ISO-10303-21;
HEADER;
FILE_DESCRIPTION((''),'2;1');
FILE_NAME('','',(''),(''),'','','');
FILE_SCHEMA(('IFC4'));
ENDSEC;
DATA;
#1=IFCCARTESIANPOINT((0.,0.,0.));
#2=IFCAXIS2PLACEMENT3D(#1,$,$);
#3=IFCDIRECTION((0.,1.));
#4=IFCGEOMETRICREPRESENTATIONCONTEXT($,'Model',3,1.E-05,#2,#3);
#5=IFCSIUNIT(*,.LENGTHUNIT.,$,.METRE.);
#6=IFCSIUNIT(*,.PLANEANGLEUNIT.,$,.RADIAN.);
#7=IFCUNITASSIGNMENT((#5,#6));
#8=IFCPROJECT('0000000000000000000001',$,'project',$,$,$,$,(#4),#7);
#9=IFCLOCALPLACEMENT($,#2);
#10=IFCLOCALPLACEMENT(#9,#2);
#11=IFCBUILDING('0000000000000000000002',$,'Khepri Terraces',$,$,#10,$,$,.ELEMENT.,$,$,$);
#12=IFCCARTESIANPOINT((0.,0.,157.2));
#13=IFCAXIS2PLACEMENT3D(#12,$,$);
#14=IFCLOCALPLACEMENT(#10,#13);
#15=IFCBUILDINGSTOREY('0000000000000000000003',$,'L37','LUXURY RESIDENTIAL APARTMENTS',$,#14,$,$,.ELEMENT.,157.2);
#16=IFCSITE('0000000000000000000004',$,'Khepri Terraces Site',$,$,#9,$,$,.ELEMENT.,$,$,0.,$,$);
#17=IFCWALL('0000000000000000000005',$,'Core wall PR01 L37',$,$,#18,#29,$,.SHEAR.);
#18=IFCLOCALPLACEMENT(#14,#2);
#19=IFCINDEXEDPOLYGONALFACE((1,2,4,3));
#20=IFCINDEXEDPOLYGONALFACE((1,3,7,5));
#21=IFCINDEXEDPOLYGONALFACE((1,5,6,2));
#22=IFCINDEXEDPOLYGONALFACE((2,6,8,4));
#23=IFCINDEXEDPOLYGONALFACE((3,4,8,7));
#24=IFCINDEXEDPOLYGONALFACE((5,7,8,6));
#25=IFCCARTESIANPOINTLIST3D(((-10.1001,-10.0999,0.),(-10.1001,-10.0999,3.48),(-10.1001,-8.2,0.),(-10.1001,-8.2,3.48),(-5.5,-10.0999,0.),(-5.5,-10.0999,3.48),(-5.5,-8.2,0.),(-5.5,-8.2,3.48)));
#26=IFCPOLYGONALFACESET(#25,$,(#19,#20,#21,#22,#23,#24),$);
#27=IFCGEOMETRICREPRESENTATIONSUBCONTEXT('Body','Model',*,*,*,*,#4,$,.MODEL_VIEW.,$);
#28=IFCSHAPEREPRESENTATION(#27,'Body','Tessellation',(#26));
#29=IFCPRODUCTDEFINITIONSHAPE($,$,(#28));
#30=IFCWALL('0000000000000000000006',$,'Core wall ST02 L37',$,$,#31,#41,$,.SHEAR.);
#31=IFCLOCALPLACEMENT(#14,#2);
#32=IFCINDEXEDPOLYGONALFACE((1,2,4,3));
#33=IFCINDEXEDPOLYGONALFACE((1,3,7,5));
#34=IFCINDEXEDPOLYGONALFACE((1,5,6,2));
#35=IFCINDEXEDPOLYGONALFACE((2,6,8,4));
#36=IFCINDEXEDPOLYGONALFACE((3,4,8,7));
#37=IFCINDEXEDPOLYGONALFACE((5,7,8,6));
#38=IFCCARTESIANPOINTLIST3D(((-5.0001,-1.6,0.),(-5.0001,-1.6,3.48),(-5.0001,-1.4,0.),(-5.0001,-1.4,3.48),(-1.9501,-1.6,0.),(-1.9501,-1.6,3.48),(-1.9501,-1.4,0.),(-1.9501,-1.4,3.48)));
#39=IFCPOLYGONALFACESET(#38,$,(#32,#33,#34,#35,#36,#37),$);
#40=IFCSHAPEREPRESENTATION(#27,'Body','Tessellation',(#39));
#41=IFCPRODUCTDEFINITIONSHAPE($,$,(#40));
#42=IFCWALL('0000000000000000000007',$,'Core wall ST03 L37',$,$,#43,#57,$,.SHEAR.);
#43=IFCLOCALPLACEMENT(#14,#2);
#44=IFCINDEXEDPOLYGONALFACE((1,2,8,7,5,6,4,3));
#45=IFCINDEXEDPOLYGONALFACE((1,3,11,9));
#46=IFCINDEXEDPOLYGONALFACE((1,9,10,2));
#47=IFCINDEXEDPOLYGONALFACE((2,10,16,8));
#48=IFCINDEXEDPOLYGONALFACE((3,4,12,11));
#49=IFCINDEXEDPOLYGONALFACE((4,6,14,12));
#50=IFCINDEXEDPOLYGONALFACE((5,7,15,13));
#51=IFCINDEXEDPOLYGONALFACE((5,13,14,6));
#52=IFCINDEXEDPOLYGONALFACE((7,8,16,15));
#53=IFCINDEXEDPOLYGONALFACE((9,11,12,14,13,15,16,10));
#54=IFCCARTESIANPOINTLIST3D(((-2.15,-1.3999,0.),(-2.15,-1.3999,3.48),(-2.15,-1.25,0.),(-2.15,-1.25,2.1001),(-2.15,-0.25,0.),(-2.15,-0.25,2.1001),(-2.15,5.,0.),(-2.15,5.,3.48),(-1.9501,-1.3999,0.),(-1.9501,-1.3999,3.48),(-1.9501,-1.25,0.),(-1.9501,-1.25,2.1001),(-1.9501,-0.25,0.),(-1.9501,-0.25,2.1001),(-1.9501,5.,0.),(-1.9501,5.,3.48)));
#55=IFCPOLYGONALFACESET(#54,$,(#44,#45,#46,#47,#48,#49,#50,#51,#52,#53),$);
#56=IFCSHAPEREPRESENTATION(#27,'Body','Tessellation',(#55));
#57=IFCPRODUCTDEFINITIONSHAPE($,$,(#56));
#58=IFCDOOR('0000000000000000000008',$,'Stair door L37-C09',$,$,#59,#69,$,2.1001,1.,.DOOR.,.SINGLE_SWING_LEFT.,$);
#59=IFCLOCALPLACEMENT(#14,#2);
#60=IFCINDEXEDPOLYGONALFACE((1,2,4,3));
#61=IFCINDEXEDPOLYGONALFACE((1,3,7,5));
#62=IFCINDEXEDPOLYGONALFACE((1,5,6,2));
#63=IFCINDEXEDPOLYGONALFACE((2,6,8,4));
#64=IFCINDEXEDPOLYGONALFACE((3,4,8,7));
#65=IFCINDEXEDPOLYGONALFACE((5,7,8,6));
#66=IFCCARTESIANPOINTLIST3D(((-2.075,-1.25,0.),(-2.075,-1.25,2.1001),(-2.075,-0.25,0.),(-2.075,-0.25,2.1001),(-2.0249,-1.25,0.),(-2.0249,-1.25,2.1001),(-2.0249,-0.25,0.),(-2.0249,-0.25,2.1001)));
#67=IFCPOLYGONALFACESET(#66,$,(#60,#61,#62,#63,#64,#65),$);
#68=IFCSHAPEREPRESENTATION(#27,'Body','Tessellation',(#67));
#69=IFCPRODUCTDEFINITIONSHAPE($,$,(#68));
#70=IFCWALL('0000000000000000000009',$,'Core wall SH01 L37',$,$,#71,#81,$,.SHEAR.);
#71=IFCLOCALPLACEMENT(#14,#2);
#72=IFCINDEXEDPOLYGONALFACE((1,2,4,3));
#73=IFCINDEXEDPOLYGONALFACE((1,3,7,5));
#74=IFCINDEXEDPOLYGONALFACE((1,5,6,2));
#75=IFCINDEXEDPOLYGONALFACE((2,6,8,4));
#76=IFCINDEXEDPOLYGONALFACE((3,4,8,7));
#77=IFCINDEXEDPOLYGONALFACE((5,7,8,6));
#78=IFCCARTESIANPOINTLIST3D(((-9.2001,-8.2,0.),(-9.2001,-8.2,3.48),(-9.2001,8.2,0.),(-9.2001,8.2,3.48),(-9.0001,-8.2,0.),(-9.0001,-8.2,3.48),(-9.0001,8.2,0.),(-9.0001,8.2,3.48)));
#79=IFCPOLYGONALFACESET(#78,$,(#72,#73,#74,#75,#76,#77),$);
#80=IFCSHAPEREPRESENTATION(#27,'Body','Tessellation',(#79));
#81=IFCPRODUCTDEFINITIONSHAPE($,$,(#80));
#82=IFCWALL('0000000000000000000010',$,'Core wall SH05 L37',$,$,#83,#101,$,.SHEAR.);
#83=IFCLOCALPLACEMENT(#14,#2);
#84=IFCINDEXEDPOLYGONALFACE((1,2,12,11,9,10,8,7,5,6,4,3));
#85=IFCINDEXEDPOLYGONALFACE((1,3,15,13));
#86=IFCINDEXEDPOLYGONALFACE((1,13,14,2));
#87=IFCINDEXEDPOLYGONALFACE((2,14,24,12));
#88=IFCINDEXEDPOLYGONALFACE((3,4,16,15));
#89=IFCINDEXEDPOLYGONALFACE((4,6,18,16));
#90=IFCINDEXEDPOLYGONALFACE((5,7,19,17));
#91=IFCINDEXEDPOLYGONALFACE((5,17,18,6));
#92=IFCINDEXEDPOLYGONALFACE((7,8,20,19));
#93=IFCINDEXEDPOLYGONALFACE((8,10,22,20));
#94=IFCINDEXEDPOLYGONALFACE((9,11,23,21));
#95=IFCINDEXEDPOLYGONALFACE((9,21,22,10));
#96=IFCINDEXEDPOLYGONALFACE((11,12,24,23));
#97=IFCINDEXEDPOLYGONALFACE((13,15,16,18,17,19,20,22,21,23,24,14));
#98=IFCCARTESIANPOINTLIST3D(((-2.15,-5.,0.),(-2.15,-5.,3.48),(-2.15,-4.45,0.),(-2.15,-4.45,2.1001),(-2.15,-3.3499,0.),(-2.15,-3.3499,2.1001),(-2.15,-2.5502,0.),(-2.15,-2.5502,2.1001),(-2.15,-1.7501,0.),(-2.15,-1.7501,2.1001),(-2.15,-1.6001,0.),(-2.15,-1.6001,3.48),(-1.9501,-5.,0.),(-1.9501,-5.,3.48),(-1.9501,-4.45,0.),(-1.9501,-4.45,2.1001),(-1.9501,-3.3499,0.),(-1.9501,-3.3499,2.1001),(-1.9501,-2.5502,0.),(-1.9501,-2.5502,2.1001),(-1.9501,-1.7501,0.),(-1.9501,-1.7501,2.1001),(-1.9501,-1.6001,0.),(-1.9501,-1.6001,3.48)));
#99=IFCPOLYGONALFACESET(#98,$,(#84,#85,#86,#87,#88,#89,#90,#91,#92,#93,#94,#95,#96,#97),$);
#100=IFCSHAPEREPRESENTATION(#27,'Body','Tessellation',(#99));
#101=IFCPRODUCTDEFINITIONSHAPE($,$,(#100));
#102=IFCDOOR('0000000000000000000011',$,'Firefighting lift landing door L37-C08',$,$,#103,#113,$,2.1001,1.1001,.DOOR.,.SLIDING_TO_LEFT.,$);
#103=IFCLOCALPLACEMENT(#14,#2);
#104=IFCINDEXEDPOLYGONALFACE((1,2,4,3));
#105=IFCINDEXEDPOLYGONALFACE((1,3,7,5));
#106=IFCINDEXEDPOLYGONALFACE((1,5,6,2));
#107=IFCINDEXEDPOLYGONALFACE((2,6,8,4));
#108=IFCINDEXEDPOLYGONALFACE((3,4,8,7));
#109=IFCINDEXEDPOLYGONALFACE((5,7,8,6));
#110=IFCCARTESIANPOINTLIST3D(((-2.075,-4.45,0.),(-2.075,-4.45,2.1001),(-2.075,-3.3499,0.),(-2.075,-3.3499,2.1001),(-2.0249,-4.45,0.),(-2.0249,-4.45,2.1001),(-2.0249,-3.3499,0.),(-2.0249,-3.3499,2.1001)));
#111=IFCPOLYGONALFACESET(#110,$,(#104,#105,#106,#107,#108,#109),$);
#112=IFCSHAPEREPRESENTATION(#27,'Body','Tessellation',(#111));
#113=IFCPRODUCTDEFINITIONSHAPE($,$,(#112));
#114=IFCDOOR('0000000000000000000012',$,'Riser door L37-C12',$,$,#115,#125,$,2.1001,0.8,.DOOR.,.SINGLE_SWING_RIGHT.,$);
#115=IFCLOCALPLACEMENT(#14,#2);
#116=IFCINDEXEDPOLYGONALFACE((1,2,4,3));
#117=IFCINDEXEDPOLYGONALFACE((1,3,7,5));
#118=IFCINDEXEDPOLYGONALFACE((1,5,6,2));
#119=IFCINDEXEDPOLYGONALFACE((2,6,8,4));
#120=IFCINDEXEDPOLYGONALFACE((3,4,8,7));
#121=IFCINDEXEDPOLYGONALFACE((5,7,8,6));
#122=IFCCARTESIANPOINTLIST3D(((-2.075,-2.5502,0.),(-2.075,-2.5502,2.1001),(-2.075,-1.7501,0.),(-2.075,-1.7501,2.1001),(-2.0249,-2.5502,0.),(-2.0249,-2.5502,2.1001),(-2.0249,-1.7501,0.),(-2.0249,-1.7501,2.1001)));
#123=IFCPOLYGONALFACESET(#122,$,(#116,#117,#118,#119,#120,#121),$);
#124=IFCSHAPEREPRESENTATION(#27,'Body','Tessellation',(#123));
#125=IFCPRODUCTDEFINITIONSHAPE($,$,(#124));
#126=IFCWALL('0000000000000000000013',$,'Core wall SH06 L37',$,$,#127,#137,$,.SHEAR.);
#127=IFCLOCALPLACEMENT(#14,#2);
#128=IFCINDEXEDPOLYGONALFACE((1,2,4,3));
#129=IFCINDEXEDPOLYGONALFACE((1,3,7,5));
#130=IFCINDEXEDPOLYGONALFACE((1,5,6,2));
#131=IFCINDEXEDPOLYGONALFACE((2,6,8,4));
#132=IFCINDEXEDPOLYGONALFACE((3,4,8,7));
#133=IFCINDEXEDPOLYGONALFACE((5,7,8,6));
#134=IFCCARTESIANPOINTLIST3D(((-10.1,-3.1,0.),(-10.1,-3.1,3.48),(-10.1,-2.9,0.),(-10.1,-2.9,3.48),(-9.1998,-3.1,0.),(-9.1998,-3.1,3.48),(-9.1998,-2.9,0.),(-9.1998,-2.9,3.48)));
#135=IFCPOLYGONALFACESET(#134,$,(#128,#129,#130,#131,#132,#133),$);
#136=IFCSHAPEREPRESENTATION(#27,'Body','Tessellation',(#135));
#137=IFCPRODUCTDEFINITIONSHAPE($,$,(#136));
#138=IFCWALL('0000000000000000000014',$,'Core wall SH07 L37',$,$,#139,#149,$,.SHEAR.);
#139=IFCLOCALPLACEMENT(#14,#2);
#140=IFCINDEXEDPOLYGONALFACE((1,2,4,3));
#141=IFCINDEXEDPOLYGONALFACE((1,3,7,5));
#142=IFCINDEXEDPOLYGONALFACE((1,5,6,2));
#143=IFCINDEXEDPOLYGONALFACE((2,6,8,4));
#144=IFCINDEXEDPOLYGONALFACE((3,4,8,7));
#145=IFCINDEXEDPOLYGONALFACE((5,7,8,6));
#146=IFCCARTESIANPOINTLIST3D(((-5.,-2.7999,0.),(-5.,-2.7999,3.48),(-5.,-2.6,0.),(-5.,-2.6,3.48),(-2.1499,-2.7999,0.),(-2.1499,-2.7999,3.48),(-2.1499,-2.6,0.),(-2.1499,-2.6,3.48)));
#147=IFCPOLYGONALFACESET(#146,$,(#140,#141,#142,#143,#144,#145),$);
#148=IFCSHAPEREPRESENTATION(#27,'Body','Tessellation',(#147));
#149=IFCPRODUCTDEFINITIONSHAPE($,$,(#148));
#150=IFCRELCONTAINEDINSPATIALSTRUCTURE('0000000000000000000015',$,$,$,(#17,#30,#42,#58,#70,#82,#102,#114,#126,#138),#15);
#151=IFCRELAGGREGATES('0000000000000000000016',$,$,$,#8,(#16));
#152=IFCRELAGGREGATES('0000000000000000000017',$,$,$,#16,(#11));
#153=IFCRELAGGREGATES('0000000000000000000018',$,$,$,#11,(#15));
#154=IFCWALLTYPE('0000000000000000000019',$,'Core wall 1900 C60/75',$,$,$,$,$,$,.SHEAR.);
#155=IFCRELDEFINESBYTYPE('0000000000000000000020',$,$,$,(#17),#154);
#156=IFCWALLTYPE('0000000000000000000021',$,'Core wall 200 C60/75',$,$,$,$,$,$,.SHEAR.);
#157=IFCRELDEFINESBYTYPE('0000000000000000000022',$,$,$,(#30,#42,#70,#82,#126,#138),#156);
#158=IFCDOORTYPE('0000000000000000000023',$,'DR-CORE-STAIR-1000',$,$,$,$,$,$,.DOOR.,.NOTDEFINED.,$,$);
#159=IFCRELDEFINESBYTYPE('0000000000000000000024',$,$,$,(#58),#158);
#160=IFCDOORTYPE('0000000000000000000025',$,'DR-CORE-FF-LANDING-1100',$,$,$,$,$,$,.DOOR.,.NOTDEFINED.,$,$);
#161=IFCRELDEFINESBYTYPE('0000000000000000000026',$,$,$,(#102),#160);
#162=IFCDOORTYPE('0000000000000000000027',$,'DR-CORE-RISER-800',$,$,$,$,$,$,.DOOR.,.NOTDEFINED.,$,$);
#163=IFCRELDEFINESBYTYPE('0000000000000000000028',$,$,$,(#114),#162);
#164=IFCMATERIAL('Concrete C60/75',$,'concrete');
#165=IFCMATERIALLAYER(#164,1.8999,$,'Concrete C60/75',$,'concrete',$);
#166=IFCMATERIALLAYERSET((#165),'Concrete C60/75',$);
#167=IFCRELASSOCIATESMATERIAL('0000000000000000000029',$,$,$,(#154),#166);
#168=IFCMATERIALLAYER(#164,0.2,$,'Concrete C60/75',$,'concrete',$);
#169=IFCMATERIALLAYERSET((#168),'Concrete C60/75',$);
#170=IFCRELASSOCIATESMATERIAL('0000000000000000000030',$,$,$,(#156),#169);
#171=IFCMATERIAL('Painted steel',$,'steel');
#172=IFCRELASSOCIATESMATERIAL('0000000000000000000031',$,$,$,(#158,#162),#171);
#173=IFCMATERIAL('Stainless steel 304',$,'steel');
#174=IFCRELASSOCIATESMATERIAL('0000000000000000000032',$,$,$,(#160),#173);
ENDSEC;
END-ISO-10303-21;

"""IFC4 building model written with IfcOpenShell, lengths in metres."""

from ifc_helpers import new_model, si_unit, direction, frame, frame_2d, origin, place, context, subcontext, project, spatial, rectangle, extrude, material, layer, layer_set, type_object, element, fill, save


model = new_model("IFC4")

# Units and contexts
model_context = context("Model", 3, precision=1e-05, world=origin(), true_north=direction((0.0, 1.0)))
body_context = subcontext(model_context, "Body", "Model", "MODEL_VIEW")
ifc_project = project(units=[si_unit("LENGTHUNIT", "METRE"), si_unit("PLANEANGLEUNIT", "RADIAN")], contexts=[model_context])

# Site, building, storey
site_placement = place(None, origin())
site = spatial("IfcSite", under=ifc_project, at=site_placement, Name="Khepri Terraces Site", CompositionType="ELEMENT", RefElevation=0.0)
building_placement = place(site_placement, origin())
building = spatial("IfcBuilding", under=site, at=building_placement, Name="Khepri Terraces", CompositionType="ELEMENT")
storey_placement = place(building_placement, frame((0.0, 0.0, 157.2)))
storey = spatial("IfcBuildingStorey", under=building, at=storey_placement, Name="L37", Description="LUXURY RESIDENTIAL APARTMENTS", CompositionType="ELEMENT", Elevation=157.2)

# Walls
ifc_material_1 = material(Name="Concrete C60/75", Category="concrete")
ifc_layer_1 = layer(ifc_material_1, 1.8999, Name="Concrete C60/75", Category="concrete")
ifc_layer_set_1 = layer_set([ifc_layer_1], Name="Concrete C60/75")
wall_type_1 = type_object("IfcWallType", Name="Core wall 1900 C60/75", PredefinedType="SHEAR", material=ifc_layer_set_1)
wall_1_placement = place(storey_placement, frame((-10.1001, -9.1499, 0.0), z_axis=(0.0, 0.0, 1.0), x_axis=(1.0, 0.0, 0.0)))
element("IfcWall", 1, at=wall_1_placement, inside=storey, type_object=wall_type_1, Name="Core wall PR01 L37", PredefinedType="SHEAR", context=body_context, shape_type="SweptSolid", body=[
    extrude(rectangle(XDim=4.6001, YDim=1.8999, at=frame_2d((2.3, 0.0))), origin(), (0.0, 0.0, 1.0), 3.48),
])
ifc_layer_2 = layer(ifc_material_1, 0.2, Name="Concrete C60/75", Category="concrete")
ifc_layer_set_2 = layer_set([ifc_layer_2], Name="Concrete C60/75")
wall_type_2 = type_object("IfcWallType", Name="Core wall 200 C60/75", PredefinedType="SHEAR", material=ifc_layer_set_2)
wall_2_placement = place(storey_placement, frame((-5.0, -1.5, 0.0), z_axis=(0.0, 0.0, 1.0), x_axis=(1.0, 0.0, 0.0)))
element("IfcWall", 2, at=wall_2_placement, inside=storey, type_object=wall_type_2, Name="Core wall ST02 L37", PredefinedType="SHEAR", context=body_context, shape_type="SweptSolid", body=[
    extrude(rectangle(XDim=3.05, YDim=0.2, at=frame_2d((1.5249, 0.0))), origin(), (0.0, 0.0, 1.0), 3.48),
])

# Wall, opening, door
wall_3_placement = place(storey_placement, frame((-2.05, -1.3999, 0.0), z_axis=(0.0, 0.0, 1.0), x_axis=(0.0, 1.0, 0.0)))
wall_3 = element("IfcWall", 3, at=wall_3_placement, inside=storey, type_object=wall_type_2, Name="Core wall ST03 L37", PredefinedType="SHEAR", context=body_context, shape_type="SweptSolid", body=[
    extrude(rectangle(XDim=6.3999, YDim=0.2, at=frame_2d((3.2, 0.0))), origin(), (0.0, 0.0, 1.0), 3.48),
])
opening_1_placement = place(wall_3_placement, frame((0.1499, 0.0, 0.0)))
opening_1 = element("IfcOpeningElement", 4, at=opening_1_placement, cuts=wall_3, PredefinedType="OPENING", context=body_context, shape_type="SweptSolid", body=[
    extrude(rectangle(XDim=1.0, YDim=2.1001, at=frame_2d((0.5, 1.05))), frame((0.0, 0.1099, 0.0), z_axis=(0.0, -1.0, 0.0), x_axis=(1.0, 0.0, 0.0)), (0.0, 0.0, 1.0), 0.22),
])
ifc_material_2 = material(Name="Painted steel", Category="steel")
door_type_1 = type_object("IfcDoorType", Name="DR-CORE-STAIR-1000", OperationType="NOTDEFINED", PredefinedType="DOOR", material=ifc_material_2)
door_1_placement = place(opening_1_placement, origin())
door_1 = element("IfcDoor", 5, at=door_1_placement, inside=storey, type_object=door_type_1, Name="Stair door L37-C09", OperationType="SINGLE_SWING_LEFT", OverallHeight=2.1001, OverallWidth=1.0, PredefinedType="DOOR", context=body_context, shape_type="SweptSolid", body=[
    extrude(rectangle(XDim=1.0, YDim=2.1001, at=frame_2d((0.5, 1.05))), frame((0.0, 0.0249, 0.0), z_axis=(0.0, -1.0, 0.0), x_axis=(1.0, 0.0, 0.0)), (0.0, 0.0, 1.0), 0.05),
])
fill(opening_1, door_1)

# Wall
wall_4_placement = place(storey_placement, frame((-9.1001, -8.2, 0.0), z_axis=(0.0, 0.0, 1.0), x_axis=(0.0, 1.0, 0.0)))
element("IfcWall", 6, at=wall_4_placement, inside=storey, type_object=wall_type_2, Name="Core wall SH01 L37", PredefinedType="SHEAR", context=body_context, shape_type="SweptSolid", body=[
    extrude(rectangle(XDim=16.3999, YDim=0.2, at=frame_2d((8.2, 0.0))), origin(), (0.0, 0.0, 1.0), 3.48),
])

# Wall, openings, doors
wall_5_placement = place(storey_placement, frame((-2.05, -5.0, 0.0), z_axis=(0.0, 0.0, 1.0), x_axis=(0.0, 1.0, 0.0)))
wall_5 = element("IfcWall", 7, at=wall_5_placement, inside=storey, type_object=wall_type_2, Name="Core wall SH05 L37", PredefinedType="SHEAR", context=body_context, shape_type="SweptSolid", body=[
    extrude(rectangle(XDim=3.3999, YDim=0.2, at=frame_2d((1.7, 0.0))), origin(), (0.0, 0.0, 1.0), 3.48),
])
opening_2_placement = place(wall_5_placement, frame((0.55, 0.0, 0.0)))
opening_2 = element("IfcOpeningElement", 8, at=opening_2_placement, cuts=wall_5, PredefinedType="OPENING", context=body_context, shape_type="SweptSolid", body=[
    extrude(rectangle(XDim=1.1001, YDim=2.1001, at=frame_2d((0.55, 1.05))), frame((0.0, 0.1099, 0.0), z_axis=(0.0, -1.0, 0.0), x_axis=(1.0, 0.0, 0.0)), (0.0, 0.0, 1.0), 0.22),
])
opening_3_placement = place(wall_5_placement, frame((2.45, 0.0, 0.0)))
opening_3 = element("IfcOpeningElement", 9, at=opening_3_placement, cuts=wall_5, PredefinedType="OPENING", context=body_context, shape_type="SweptSolid", body=[
    extrude(rectangle(XDim=0.8, YDim=2.1001, at=frame_2d((0.3999, 1.05))), frame((0.0, 0.1099, 0.0), z_axis=(0.0, -1.0, 0.0), x_axis=(1.0, 0.0, 0.0)), (0.0, 0.0, 1.0), 0.22),
])
ifc_material_3 = material(Name="Stainless steel 304", Category="steel")
door_type_2 = type_object("IfcDoorType", Name="DR-CORE-FF-LANDING-1100", OperationType="NOTDEFINED", PredefinedType="DOOR", material=ifc_material_3)
door_2_placement = place(opening_2_placement, origin())
door_2 = element("IfcDoor", 10, at=door_2_placement, inside=storey, type_object=door_type_2, Name="Firefighting lift landing door L37-C08", OperationType="SLIDING_TO_LEFT", OverallHeight=2.1001, OverallWidth=1.1001, PredefinedType="DOOR", context=body_context, shape_type="SweptSolid", body=[
    extrude(rectangle(XDim=1.1001, YDim=2.1001, at=frame_2d((0.55, 1.05))), frame((0.0, 0.0249, 0.0), z_axis=(0.0, -1.0, 0.0), x_axis=(1.0, 0.0, 0.0)), (0.0, 0.0, 1.0), 0.05),
])
fill(opening_2, door_2)
door_type_3 = type_object("IfcDoorType", Name="DR-CORE-RISER-800", OperationType="NOTDEFINED", PredefinedType="DOOR", material=ifc_material_2)
door_3_placement = place(opening_3_placement, origin())
door_3 = element("IfcDoor", 11, at=door_3_placement, inside=storey, type_object=door_type_3, Name="Riser door L37-C12", OperationType="SINGLE_SWING_RIGHT", OverallHeight=2.1001, OverallWidth=0.8, PredefinedType="DOOR", context=body_context, shape_type="SweptSolid", body=[
    extrude(rectangle(XDim=0.8, YDim=2.1001, at=frame_2d((0.3999, 1.05))), frame((0.0, 0.0249, 0.0), z_axis=(0.0, -1.0, 0.0), x_axis=(1.0, 0.0, 0.0)), (0.0, 0.0, 1.0), 0.05),
])
fill(opening_3, door_3)

# Walls
wall_6_placement = place(storey_placement, frame((-10.1001, -3.0, 0.0), z_axis=(0.0, 0.0, 1.0), x_axis=(1.0, 0.0, 0.0)))
element("IfcWall", 12, at=wall_6_placement, inside=storey, type_object=wall_type_2, Name="Core wall SH06 L37", PredefinedType="SHEAR", context=body_context, shape_type="SweptSolid", body=[
    extrude(rectangle(XDim=0.9001, YDim=0.2, at=frame_2d((0.4502, 0.0))), origin(), (0.0, 0.0, 1.0), 3.48),
])
wall_7_placement = place(storey_placement, frame((-5.0, -2.7, 0.0), z_axis=(0.0, 0.0, 1.0), x_axis=(1.0, 0.0, 0.0)))
element("IfcWall", 13, at=wall_7_placement, inside=storey, type_object=wall_type_2, Name="Core wall SH07 L37", PredefinedType="SHEAR", context=body_context, shape_type="SweptSolid", body=[
    extrude(rectangle(XDim=2.8501, YDim=0.2, at=frame_2d((1.425, 0.0))), origin(), (0.0, 0.0, 1.0), 3.48),
])

save(model, "model.ifc")
